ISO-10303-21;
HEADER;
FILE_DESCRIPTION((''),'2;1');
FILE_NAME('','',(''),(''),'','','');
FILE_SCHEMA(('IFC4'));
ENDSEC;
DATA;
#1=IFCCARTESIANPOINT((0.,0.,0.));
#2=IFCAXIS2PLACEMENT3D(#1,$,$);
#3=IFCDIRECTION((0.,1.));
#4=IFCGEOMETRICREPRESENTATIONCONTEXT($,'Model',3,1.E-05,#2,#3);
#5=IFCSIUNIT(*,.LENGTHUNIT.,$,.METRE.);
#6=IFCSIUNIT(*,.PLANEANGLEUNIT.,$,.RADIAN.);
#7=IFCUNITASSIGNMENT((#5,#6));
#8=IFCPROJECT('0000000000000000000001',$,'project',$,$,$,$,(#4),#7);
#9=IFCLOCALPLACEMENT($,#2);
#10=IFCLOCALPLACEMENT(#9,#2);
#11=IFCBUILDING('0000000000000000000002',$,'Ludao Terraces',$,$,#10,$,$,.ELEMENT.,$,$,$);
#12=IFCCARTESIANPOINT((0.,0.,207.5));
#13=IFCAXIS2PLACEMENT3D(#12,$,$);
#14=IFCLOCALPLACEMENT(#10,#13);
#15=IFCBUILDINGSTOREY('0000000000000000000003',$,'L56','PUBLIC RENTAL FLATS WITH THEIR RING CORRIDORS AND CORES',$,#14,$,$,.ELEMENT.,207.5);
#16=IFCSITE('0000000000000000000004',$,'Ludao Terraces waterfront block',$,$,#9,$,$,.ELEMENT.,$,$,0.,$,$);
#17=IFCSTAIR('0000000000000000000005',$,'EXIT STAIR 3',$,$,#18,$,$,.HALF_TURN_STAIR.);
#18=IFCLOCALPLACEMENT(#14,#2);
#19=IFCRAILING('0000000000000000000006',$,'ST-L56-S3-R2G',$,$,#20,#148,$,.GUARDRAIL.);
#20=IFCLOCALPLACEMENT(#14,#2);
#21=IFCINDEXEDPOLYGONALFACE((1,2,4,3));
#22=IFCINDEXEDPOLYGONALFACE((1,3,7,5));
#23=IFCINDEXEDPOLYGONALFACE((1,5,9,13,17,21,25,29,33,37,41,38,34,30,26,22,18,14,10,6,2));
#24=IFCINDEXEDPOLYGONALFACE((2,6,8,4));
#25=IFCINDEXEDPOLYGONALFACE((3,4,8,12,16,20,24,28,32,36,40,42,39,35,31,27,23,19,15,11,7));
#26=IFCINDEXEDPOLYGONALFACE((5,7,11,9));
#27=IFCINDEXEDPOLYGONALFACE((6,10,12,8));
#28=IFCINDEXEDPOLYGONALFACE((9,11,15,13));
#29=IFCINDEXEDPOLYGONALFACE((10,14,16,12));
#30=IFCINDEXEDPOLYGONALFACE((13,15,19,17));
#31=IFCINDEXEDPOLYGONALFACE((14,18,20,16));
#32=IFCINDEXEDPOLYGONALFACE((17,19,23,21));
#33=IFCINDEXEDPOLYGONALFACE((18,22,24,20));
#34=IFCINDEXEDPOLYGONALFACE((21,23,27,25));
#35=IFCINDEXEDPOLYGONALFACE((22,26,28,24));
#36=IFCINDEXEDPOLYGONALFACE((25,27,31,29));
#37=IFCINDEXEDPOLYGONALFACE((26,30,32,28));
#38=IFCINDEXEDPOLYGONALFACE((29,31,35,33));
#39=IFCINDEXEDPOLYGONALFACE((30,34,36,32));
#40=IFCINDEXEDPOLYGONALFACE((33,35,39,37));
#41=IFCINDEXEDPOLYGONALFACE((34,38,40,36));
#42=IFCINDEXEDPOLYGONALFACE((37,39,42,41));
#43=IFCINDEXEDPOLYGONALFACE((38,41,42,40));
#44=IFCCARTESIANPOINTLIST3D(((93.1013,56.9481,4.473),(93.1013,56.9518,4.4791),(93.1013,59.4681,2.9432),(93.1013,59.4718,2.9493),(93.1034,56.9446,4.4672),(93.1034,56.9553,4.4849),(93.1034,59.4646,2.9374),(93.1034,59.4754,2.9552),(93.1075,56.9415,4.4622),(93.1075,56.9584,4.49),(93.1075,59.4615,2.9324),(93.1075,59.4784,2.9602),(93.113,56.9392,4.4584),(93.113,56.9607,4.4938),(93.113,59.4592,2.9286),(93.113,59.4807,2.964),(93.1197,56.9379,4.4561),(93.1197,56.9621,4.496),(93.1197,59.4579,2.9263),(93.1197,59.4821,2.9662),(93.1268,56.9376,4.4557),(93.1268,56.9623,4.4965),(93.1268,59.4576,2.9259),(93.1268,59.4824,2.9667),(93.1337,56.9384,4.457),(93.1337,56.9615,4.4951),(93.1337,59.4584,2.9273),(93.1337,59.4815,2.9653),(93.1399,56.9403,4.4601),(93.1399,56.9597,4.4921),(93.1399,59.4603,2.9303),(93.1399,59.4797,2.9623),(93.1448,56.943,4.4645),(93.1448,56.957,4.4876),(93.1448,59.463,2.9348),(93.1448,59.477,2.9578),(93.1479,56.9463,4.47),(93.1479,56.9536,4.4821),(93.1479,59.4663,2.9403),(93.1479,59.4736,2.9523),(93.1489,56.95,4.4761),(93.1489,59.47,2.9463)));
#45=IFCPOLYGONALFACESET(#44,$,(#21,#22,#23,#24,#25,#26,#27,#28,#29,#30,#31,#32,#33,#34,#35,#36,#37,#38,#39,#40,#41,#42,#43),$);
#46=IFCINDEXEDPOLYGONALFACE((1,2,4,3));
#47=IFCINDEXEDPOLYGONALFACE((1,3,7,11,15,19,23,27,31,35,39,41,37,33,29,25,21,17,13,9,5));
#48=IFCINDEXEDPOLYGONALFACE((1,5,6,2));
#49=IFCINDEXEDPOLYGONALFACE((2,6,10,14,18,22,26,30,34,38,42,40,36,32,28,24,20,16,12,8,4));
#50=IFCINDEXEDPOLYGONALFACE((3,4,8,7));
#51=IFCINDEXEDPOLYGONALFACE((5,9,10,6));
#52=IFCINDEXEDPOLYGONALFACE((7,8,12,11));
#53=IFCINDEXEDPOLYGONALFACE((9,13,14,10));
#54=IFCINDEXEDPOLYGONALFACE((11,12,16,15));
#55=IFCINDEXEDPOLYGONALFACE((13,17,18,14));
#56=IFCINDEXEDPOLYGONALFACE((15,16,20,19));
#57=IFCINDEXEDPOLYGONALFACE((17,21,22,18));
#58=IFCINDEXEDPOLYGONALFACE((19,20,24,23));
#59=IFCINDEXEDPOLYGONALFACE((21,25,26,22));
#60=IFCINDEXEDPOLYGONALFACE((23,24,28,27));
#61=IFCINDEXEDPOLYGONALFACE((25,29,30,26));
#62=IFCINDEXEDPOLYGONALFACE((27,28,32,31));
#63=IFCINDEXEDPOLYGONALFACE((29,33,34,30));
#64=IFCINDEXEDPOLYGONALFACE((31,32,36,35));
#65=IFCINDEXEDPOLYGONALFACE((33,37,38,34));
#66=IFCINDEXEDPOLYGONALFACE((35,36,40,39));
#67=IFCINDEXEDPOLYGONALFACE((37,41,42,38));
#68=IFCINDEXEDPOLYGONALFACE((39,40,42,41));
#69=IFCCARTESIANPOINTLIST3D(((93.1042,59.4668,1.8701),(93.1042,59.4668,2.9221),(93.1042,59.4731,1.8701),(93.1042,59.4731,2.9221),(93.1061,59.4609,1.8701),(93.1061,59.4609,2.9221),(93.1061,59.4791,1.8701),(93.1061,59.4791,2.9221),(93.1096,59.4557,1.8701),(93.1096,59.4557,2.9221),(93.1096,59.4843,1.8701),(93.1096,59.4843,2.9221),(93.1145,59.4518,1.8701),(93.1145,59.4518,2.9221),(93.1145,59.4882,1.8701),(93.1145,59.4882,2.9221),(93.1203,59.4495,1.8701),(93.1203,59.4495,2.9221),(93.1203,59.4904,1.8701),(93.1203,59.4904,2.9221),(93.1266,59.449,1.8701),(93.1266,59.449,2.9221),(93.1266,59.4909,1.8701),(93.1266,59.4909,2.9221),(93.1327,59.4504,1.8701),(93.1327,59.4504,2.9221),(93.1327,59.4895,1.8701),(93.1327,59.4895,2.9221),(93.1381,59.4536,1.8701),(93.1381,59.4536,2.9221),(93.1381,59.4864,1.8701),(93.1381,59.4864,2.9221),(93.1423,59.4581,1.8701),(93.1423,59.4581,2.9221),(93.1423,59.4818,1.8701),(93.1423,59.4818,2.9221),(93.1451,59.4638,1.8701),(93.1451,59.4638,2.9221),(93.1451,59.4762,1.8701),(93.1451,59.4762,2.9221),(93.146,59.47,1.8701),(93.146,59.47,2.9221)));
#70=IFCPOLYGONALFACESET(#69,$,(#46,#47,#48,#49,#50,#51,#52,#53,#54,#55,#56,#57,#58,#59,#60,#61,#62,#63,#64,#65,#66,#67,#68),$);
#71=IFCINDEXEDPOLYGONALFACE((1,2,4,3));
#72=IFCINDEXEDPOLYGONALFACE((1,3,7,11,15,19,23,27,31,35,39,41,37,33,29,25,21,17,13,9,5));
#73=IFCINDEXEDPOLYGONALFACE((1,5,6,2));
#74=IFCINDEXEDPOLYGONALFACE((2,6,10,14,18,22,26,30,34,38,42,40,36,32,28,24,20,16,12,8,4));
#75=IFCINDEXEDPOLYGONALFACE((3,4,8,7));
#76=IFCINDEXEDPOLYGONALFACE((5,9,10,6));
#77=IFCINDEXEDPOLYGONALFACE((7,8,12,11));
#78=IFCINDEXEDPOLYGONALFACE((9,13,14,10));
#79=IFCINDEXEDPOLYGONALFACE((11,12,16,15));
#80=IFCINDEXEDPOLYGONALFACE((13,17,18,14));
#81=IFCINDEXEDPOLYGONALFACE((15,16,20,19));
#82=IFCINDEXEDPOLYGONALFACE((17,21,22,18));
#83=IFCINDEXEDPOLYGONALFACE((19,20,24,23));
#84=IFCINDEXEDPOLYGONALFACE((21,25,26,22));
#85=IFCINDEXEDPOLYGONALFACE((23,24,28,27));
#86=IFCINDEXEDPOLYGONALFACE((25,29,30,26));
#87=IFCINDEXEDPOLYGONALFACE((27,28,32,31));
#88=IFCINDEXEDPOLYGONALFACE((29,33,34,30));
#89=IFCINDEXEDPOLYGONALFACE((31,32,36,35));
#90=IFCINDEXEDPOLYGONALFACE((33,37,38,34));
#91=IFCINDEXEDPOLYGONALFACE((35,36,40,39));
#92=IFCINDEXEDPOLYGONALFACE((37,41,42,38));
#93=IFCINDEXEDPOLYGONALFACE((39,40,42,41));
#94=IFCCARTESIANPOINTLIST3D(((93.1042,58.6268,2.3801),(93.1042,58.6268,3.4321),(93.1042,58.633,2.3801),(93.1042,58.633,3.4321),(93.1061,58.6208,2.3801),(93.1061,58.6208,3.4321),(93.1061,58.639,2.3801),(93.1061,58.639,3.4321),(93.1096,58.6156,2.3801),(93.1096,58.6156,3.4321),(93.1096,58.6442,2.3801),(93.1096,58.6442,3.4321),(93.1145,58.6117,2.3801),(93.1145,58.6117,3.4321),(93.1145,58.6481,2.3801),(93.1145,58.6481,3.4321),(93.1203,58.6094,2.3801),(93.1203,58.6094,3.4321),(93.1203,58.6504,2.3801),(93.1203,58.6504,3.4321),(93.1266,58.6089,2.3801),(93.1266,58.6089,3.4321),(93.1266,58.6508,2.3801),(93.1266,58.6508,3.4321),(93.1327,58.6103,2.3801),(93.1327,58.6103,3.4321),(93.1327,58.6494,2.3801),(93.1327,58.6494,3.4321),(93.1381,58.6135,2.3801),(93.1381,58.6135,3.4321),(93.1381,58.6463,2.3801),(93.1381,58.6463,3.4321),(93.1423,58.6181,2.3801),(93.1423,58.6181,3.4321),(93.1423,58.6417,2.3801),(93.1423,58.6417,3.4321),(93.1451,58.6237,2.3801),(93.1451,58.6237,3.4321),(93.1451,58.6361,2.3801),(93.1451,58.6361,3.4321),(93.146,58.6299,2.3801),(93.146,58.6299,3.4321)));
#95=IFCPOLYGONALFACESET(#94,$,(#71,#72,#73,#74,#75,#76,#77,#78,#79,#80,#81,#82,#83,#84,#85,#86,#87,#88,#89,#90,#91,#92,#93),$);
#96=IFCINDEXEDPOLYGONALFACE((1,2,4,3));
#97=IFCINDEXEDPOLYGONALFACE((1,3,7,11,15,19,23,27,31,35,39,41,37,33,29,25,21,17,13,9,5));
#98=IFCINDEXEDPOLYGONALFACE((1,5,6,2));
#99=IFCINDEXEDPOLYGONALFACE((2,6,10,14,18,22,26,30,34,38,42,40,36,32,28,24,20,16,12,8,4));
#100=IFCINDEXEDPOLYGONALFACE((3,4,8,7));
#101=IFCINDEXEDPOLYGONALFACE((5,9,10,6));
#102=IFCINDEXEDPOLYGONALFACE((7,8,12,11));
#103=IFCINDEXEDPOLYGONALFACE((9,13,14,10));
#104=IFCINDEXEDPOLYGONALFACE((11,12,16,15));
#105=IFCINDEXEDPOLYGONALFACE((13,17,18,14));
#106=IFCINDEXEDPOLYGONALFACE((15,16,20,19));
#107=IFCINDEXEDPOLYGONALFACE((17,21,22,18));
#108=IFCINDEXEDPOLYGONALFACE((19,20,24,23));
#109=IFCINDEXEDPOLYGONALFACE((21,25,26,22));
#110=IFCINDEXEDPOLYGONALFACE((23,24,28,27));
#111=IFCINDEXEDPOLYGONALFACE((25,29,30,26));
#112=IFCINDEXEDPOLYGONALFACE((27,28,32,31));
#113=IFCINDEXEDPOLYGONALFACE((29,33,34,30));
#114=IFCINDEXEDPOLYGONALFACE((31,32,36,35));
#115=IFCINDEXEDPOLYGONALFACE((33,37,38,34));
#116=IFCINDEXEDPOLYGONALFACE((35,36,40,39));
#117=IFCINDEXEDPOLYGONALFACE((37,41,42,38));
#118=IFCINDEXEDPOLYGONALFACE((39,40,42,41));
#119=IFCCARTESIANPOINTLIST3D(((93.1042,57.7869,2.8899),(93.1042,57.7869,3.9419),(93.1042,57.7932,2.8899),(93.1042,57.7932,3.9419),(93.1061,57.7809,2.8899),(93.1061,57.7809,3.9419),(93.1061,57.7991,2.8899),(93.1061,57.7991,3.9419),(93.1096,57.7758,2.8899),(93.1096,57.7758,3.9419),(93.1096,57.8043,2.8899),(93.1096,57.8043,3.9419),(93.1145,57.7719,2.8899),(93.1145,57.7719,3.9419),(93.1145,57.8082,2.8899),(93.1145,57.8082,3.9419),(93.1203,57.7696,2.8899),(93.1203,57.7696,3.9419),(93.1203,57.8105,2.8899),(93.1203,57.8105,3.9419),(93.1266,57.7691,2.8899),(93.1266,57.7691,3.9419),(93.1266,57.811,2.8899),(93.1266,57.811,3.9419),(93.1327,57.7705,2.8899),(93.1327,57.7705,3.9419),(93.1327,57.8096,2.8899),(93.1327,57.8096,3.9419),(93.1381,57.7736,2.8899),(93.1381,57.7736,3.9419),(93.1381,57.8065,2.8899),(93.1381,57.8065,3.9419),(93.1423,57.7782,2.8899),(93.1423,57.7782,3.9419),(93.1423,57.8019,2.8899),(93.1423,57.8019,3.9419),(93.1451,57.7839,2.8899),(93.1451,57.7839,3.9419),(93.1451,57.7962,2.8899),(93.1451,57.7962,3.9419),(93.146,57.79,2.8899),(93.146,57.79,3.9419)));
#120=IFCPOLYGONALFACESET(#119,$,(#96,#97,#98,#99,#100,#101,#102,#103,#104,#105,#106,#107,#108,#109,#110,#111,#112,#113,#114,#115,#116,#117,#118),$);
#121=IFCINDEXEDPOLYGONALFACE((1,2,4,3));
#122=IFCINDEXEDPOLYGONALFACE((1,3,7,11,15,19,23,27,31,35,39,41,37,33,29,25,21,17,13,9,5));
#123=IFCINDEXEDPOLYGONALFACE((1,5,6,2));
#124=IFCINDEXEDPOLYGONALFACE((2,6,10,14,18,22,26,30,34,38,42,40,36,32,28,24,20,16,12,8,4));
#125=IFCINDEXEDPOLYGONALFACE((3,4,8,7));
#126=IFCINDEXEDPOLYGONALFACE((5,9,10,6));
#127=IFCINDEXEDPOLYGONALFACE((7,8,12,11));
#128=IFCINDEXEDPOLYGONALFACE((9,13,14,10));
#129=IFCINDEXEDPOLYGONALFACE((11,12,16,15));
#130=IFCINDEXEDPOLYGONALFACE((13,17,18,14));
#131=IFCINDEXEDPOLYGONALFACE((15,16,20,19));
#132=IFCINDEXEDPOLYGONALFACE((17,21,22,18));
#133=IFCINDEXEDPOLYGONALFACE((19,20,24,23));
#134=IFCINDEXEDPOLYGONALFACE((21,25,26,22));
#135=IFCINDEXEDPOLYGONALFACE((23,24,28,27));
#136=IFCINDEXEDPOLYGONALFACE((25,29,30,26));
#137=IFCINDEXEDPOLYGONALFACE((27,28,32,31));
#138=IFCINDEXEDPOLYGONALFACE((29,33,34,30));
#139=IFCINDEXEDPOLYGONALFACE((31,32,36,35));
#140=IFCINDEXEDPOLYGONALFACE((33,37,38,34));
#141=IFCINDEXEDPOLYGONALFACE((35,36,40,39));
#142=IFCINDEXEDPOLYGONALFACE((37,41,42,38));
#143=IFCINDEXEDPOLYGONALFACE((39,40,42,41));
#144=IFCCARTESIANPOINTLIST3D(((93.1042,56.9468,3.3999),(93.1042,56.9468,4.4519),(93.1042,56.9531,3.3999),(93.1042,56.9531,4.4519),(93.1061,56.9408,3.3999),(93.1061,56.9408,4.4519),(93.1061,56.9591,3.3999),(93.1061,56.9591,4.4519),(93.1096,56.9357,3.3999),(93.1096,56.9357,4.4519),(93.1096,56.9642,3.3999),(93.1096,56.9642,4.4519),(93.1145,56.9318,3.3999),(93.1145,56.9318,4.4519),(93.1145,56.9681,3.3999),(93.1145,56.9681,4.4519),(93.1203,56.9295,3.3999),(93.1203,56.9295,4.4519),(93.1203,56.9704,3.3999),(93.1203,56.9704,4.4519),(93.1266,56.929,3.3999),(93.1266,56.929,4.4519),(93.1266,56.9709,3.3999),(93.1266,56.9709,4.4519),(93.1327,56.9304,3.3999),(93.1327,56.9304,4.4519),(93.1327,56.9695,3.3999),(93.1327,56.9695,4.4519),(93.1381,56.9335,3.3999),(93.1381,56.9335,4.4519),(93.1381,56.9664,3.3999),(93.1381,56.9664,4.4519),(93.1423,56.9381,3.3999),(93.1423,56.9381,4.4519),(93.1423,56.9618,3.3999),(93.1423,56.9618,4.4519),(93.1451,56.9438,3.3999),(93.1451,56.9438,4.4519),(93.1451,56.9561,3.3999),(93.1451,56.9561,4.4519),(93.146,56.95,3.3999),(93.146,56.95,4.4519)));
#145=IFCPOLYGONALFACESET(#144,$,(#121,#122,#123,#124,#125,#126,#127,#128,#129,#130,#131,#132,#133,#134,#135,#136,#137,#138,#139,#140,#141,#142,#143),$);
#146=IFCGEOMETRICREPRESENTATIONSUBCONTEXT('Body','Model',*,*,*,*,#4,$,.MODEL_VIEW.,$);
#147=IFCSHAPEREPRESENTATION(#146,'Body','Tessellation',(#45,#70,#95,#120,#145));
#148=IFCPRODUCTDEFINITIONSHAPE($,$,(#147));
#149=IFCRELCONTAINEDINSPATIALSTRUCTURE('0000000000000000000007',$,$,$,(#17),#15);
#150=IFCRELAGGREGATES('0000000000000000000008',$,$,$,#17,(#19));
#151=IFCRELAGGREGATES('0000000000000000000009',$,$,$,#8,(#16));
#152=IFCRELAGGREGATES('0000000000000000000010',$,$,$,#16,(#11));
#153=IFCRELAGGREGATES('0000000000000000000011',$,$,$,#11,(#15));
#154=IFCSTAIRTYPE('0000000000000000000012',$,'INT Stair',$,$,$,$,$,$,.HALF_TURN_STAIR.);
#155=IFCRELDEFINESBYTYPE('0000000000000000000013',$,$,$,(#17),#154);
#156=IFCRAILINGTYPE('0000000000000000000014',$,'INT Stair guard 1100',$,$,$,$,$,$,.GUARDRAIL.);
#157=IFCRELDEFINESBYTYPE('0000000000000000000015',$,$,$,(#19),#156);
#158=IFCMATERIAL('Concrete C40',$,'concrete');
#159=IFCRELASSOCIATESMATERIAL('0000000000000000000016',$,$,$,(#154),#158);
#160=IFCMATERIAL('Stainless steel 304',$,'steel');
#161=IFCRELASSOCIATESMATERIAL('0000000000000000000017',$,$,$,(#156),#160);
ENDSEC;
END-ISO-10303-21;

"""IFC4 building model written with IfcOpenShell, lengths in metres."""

from ifc_helpers import new_model, si_unit, direction, frame, origin, origin_2d, place, context, subcontext, project, spatial, circle, extrude, material, type_object, element, aggregate, save


model = new_model("IFC4")

# Units and contexts
model_context = context("Model", 3, precision=1e-05, world=origin(), true_north=direction((0.0, 1.0)))
body_context = subcontext(model_context, "Body", "Model", "MODEL_VIEW")
ifc_project = project(units=[si_unit("LENGTHUNIT", "METRE"), si_unit("PLANEANGLEUNIT", "RADIAN")], contexts=[model_context])

# Site, building, storey
site_placement = place(None, origin())
site = spatial("IfcSite", under=ifc_project, at=site_placement, Name="Ludao Terraces waterfront block", CompositionType="ELEMENT", RefElevation=0.0)
building_placement = place(site_placement, origin())
building = spatial("IfcBuilding", under=site, at=building_placement, Name="Ludao Terraces", CompositionType="ELEMENT")
storey_placement = place(building_placement, frame((0.0, 0.0, 207.5)))
storey = spatial("IfcBuildingStorey", under=building, at=storey_placement, Name="L56", Description="PUBLIC RENTAL FLATS WITH THEIR RING CORRIDORS AND CORES", CompositionType="ELEMENT", Elevation=207.5)

# Shared definitions
ifc_material_1 = material(Name="Concrete C40", Category="concrete")

# Stair, railing
stair_type = type_object("IfcStairType", Name="INT Stair", PredefinedType="HALF_TURN_STAIR", material=ifc_material_1)
stair_placement = place(storey_placement, origin())
stair = element("IfcStair", 1, at=stair_placement, inside=storey, type_object=stair_type, Name="EXIT STAIR 3", PredefinedType="HALF_TURN_STAIR")
ifc_material_2 = material(Name="Stainless steel 304", Category="steel")
railing_type_1 = type_object("IfcRailingType", Name="INT Stair guard 1100", PredefinedType="GUARDRAIL", material=ifc_material_2)
railing_1_placement = place(storey_placement, frame((93.125, 59.47, 1.8701)))
railing_1 = element("IfcRailing", 2, at=railing_1_placement, type_object=railing_type_1, Name="ST-L56-S3-R2G", PredefinedType="GUARDRAIL", context=body_context, shape_type="SweptSolid", body=[
    extrude(circle(Radius=0.0239, at=origin_2d()), frame((0.0, 0.0, 1.0762), z_axis=(0.0, -0.854822, 0.518922), x_axis=(1.0, 0.0, 0.0)), (0.0, 0.0, 1.0), 2.948),
    extrude(circle(Radius=0.021, at=origin_2d()), origin(), (0.0, 0.0, 1.0), 1.052),
    extrude(circle(Radius=0.021, at=origin_2d()), frame((0.0, -0.8401, 0.51)), (0.0, 0.0, 1.0), 1.052),
    extrude(circle(Radius=0.021, at=origin_2d()), frame((0.0, -1.6799, 1.0198)), (0.0, 0.0, 1.0), 1.052),
    extrude(circle(Radius=0.021, at=origin_2d()), frame((0.0, -2.52, 1.5298)), (0.0, 0.0, 1.0), 1.052),
])
aggregate(stair, [railing_1])

save(model, "model.ifc")
